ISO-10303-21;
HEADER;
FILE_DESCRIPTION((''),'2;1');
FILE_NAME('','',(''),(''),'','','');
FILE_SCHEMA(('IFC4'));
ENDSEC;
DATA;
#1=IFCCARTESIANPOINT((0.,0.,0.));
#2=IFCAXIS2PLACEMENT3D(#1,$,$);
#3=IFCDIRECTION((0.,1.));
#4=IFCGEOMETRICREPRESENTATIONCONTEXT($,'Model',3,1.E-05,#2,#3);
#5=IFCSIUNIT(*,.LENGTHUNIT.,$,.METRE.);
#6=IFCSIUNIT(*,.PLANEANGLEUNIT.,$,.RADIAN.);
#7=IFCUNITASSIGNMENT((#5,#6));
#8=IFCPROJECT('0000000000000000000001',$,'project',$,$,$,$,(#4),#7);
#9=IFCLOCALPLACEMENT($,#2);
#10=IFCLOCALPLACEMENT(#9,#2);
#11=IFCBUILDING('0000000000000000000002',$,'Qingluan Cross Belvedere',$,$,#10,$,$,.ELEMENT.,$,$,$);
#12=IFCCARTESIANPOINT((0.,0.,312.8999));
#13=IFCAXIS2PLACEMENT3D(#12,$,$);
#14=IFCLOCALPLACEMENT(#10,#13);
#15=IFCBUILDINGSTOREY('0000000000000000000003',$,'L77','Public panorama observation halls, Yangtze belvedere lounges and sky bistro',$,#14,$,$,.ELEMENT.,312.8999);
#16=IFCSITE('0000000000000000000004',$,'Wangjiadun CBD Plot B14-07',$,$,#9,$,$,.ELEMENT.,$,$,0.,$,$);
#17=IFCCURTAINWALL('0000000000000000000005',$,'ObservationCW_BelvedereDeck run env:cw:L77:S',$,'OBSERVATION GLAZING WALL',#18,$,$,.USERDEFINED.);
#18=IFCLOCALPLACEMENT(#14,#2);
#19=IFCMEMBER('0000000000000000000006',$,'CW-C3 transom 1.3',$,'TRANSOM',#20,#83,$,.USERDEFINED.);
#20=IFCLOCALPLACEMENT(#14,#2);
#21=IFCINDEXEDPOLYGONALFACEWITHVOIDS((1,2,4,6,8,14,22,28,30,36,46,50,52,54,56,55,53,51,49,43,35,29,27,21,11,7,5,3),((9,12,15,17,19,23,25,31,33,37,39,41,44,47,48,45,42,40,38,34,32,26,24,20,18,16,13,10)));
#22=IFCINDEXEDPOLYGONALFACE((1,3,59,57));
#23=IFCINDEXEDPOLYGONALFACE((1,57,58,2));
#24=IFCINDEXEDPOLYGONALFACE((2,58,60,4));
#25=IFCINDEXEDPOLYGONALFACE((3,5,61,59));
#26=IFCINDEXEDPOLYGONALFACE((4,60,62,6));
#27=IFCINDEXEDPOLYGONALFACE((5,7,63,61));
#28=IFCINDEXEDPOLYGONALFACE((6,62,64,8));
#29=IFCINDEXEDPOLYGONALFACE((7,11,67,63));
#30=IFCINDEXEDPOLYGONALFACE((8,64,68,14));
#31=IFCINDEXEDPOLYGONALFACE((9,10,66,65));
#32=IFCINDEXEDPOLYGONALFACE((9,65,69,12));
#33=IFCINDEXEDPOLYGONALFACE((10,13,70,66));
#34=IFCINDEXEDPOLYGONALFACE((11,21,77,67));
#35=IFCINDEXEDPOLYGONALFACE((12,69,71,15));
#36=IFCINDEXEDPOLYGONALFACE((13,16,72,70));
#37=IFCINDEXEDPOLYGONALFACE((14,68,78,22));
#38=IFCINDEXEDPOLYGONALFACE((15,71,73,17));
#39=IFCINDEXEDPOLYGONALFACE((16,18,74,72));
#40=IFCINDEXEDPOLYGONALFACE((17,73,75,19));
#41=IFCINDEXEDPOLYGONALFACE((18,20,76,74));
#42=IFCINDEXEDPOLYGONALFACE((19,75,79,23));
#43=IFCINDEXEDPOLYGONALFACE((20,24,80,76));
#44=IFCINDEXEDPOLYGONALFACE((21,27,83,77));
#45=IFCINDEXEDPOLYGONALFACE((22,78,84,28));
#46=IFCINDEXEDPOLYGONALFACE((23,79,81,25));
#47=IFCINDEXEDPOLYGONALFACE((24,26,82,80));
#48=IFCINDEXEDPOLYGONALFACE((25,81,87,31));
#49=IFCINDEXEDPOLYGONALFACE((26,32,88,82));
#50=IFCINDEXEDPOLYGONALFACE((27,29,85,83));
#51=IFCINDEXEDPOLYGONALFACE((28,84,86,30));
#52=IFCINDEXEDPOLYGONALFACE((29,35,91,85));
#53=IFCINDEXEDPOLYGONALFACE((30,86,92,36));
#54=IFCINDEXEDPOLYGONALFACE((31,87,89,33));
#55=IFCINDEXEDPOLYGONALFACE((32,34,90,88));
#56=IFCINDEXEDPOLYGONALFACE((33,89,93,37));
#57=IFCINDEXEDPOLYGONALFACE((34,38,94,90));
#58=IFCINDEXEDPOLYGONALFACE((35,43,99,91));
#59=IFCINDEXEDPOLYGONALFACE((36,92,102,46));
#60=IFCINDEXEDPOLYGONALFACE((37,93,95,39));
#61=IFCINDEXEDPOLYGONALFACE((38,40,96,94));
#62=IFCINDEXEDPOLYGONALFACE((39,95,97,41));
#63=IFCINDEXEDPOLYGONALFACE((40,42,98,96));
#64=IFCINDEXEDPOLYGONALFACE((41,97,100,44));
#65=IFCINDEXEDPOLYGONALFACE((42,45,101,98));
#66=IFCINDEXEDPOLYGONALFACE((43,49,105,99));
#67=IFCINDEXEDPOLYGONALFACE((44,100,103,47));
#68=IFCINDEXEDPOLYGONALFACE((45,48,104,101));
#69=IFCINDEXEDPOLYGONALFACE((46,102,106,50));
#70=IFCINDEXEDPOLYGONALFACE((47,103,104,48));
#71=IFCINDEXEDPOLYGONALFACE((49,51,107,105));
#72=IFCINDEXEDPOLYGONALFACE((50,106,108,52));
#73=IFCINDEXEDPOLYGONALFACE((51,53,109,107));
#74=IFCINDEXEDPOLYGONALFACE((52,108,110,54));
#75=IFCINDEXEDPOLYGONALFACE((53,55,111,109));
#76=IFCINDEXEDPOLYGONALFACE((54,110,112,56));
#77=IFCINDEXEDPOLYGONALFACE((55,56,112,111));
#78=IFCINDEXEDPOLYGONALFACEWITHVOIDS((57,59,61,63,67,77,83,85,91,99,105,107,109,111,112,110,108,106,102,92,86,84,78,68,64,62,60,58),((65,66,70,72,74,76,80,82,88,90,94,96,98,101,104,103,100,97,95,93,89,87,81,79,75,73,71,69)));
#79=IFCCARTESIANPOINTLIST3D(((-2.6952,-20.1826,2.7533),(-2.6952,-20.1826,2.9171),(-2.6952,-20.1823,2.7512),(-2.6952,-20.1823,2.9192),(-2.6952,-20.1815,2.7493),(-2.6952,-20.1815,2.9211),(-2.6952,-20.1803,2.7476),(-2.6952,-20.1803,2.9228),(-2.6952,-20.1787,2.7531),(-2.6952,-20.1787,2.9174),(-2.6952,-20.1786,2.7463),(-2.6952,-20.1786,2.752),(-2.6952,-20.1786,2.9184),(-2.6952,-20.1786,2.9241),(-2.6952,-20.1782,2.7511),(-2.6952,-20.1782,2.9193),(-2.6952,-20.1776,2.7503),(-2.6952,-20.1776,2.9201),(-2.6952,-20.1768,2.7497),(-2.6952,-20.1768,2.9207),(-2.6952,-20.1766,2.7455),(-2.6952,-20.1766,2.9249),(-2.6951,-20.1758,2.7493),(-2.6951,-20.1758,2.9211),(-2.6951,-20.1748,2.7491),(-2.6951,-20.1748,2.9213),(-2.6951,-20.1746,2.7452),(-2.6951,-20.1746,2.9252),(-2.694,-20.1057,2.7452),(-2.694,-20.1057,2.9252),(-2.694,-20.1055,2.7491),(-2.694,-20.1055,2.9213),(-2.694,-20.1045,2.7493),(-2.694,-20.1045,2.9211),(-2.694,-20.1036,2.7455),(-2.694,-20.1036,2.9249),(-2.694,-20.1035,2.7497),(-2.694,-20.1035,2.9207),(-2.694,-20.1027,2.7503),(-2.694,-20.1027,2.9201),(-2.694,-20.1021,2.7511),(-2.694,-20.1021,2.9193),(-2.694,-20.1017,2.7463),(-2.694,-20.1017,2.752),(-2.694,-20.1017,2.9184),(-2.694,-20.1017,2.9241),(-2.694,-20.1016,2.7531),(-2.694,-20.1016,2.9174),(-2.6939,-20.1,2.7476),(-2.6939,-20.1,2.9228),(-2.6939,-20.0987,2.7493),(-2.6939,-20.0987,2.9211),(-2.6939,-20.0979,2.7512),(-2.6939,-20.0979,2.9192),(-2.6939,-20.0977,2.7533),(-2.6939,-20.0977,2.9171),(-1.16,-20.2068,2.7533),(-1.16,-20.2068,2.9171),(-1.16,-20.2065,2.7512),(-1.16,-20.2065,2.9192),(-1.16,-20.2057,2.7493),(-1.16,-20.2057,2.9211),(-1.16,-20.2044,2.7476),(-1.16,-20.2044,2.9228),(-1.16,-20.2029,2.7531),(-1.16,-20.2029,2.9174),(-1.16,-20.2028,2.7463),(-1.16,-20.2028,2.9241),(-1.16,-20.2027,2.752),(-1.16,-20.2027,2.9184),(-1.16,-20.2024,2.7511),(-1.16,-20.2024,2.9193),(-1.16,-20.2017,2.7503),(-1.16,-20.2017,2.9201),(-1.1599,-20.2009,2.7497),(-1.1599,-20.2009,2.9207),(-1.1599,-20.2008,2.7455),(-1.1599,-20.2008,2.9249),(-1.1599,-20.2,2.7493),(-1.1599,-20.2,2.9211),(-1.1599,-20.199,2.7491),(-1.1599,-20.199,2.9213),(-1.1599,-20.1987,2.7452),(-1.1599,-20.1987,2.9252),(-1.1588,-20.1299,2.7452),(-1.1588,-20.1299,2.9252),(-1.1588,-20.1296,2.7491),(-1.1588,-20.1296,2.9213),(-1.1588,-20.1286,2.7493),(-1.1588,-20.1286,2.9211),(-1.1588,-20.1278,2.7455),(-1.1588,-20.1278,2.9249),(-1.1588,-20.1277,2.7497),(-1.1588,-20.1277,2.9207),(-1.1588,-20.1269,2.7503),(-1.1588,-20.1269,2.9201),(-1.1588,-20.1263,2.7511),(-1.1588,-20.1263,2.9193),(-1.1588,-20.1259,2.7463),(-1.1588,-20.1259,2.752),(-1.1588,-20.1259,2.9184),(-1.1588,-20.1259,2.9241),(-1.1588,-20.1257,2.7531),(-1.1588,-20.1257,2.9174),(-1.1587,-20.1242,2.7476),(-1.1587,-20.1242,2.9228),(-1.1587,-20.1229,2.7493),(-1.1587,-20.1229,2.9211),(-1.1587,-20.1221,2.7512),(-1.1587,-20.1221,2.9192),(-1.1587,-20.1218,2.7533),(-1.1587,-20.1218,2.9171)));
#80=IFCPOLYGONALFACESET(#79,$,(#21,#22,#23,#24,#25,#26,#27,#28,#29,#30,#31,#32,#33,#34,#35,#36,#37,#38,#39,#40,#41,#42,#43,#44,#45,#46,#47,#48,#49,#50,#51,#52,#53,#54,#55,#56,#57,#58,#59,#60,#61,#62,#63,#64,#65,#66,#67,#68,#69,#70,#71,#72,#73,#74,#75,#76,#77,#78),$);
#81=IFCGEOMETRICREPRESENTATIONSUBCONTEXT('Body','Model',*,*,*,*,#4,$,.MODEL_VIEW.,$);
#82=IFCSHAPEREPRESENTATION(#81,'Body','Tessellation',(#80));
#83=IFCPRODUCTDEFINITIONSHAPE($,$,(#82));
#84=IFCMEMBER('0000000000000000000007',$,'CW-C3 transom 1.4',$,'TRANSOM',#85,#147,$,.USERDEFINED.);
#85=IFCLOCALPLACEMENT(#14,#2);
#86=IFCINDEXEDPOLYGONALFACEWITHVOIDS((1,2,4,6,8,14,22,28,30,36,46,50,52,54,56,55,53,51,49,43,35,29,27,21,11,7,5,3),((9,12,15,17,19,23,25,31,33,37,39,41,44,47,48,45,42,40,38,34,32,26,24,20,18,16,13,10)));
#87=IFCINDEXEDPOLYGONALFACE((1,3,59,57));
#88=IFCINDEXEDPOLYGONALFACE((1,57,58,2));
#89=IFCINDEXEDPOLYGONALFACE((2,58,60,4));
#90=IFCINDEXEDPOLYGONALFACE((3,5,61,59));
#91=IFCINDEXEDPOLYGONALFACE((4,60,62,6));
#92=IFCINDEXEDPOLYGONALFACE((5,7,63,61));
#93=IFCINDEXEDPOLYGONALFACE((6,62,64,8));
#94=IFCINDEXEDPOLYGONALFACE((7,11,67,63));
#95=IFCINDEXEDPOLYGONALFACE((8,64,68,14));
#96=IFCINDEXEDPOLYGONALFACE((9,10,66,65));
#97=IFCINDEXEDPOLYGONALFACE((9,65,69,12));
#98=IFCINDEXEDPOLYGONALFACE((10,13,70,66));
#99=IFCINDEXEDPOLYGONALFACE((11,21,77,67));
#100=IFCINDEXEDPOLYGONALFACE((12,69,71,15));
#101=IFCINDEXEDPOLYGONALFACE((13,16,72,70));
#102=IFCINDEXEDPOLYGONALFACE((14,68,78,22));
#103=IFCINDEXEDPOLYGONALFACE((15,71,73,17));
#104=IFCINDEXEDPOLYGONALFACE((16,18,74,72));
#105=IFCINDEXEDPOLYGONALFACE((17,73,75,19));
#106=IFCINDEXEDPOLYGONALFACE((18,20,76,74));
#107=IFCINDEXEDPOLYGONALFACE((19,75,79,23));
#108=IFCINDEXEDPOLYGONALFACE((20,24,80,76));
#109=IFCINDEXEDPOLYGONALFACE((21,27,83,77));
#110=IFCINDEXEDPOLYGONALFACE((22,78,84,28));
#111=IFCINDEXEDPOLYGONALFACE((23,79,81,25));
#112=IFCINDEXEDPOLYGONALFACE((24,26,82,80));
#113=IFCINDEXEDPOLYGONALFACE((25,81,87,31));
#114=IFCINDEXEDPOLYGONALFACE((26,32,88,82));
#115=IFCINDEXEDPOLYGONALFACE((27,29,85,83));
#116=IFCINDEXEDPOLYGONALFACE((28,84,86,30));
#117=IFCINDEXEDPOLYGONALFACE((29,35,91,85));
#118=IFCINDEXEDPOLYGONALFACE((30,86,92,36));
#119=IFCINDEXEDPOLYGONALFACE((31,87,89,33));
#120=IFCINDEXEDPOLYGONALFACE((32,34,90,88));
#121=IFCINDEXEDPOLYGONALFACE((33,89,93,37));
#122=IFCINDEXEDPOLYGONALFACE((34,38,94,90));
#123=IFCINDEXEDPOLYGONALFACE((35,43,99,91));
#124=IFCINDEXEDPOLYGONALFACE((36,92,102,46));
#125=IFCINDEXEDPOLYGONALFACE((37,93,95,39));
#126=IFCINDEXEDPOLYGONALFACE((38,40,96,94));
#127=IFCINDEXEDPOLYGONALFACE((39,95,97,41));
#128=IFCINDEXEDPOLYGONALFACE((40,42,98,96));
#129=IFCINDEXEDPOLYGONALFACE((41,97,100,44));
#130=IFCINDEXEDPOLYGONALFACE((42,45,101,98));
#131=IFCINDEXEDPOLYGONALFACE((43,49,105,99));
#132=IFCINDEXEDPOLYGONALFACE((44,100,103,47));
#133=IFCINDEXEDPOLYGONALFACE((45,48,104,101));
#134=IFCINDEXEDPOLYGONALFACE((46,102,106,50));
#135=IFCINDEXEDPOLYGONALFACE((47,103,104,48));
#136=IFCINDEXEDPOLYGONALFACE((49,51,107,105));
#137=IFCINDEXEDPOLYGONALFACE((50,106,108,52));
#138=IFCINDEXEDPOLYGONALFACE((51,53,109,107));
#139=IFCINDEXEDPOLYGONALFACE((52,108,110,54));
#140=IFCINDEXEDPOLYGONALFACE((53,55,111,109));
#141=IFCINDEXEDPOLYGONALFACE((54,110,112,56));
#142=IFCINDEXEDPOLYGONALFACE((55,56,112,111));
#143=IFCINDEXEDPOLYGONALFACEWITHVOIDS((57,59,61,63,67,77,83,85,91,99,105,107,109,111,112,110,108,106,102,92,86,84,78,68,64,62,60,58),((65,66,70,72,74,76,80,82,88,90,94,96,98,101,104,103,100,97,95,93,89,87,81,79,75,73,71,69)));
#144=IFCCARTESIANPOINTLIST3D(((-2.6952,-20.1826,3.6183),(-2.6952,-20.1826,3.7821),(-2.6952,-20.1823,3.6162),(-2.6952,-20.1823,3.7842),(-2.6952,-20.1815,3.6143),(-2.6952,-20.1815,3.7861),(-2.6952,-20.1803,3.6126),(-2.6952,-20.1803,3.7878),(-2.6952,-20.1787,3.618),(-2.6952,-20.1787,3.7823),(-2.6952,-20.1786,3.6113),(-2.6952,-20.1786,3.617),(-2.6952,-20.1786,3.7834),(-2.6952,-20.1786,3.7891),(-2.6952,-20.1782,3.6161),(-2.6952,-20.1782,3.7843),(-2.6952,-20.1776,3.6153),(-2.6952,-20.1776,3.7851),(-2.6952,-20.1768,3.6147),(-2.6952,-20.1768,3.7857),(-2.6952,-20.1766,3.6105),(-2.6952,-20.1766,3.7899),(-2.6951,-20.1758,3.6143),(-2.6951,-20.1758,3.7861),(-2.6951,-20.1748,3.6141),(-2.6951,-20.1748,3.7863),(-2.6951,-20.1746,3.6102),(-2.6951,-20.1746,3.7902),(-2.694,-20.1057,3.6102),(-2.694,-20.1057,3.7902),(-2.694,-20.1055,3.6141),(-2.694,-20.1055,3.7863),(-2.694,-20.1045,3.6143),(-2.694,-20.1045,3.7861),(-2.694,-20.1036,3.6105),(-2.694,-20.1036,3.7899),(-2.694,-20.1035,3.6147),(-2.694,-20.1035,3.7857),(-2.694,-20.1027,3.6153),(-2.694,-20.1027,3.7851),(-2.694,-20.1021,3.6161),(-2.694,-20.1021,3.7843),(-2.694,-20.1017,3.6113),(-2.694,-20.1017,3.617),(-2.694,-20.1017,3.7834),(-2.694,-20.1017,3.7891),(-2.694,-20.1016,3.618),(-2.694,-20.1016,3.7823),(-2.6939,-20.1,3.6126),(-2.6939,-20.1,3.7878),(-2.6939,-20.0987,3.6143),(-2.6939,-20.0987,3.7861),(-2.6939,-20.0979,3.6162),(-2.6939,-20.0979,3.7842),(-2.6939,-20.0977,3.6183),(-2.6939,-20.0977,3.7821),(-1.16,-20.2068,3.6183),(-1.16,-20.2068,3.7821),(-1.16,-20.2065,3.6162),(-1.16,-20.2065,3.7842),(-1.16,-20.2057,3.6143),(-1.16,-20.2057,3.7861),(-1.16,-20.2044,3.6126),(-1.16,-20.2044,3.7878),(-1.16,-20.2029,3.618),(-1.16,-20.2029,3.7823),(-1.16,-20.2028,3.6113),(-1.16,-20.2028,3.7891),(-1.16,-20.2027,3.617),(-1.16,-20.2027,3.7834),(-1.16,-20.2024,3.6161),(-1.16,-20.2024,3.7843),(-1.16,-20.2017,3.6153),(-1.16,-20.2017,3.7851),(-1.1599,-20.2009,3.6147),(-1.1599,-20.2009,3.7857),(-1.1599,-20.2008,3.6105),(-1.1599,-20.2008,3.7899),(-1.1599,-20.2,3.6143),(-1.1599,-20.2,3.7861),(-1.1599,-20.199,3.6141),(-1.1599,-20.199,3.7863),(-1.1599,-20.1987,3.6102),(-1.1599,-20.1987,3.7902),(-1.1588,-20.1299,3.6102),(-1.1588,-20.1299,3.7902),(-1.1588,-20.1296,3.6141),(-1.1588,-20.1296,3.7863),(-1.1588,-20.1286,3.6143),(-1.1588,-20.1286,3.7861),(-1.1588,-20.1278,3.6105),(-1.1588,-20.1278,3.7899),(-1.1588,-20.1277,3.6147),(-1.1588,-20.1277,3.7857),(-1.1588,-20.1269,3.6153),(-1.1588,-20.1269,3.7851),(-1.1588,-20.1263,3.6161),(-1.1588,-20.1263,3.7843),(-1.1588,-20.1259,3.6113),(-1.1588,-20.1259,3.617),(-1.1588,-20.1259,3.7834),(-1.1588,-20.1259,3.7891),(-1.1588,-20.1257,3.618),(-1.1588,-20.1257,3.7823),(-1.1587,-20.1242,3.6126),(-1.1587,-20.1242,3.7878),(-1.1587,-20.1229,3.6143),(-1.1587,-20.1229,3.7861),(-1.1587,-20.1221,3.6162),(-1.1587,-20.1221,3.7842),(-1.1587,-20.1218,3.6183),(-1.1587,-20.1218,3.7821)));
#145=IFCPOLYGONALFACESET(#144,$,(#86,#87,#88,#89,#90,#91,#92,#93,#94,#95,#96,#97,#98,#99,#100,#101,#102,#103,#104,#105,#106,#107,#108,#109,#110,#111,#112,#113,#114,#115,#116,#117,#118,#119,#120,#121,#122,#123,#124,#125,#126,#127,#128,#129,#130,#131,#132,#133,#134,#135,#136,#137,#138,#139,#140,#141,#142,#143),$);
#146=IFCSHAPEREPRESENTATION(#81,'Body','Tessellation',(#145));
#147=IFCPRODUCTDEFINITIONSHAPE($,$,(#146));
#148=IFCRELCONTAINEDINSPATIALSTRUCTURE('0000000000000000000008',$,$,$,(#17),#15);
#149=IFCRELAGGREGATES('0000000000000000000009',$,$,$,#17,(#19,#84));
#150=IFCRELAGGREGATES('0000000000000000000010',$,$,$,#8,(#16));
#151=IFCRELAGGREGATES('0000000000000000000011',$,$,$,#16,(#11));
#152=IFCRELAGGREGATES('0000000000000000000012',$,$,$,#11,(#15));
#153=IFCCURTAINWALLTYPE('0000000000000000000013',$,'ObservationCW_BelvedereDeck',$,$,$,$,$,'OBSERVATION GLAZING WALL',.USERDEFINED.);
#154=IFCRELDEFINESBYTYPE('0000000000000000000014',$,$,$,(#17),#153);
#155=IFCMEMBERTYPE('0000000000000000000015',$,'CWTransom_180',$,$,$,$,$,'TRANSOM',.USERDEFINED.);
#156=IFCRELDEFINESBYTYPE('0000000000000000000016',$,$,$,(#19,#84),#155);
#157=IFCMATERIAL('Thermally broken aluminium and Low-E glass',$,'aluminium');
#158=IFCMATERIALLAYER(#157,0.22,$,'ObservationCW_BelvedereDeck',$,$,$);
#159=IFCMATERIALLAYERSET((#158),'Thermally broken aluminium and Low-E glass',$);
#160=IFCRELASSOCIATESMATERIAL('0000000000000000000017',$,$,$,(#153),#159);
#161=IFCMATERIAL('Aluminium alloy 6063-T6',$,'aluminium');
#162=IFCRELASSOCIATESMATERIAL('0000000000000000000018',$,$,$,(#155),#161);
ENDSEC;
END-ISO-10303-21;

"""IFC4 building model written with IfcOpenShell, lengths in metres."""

from ifc_helpers import new_model, si_unit, direction, frame, origin, origin_2d, place, context, subcontext, project, spatial, hollow_rectangle, extrude, material, layer, layer_set, material_profile, profile_set, type_object, element, aggregate, save


model = new_model("IFC4")

# Units and contexts
model_context = context("Model", 3, precision=1e-05, world=origin(), true_north=direction((0.0, 1.0)))
body_context = subcontext(model_context, "Body", "Model", "MODEL_VIEW")
ifc_project = project(units=[si_unit("LENGTHUNIT", "METRE"), si_unit("PLANEANGLEUNIT", "RADIAN")], contexts=[model_context])

# Site, building, storey
site_placement = place(None, origin())
site = spatial("IfcSite", under=ifc_project, at=site_placement, Name="Wangjiadun CBD Plot B14-07", CompositionType="ELEMENT", RefElevation=0.0)
building_placement = place(site_placement, origin())
building = spatial("IfcBuilding", under=site, at=building_placement, Name="Qingluan Cross Belvedere", CompositionType="ELEMENT")
storey_placement = place(building_placement, frame((0.0, 0.0, 312.8999)))
storey = spatial("IfcBuildingStorey", under=building, at=storey_placement, Name="L77", Description="Public panorama observation halls, Yangtze belvedere lounges and sky bistro", CompositionType="ELEMENT", Elevation=312.8999)

# Curtain wall, members
ifc_material_1 = material(Name="Thermally broken aluminium and Low-E glass", Category="aluminium")
ifc_layer_1 = layer(ifc_material_1, 0.22, Name="ObservationCW_BelvedereDeck")
ifc_layer_set_1 = layer_set([ifc_layer_1], Name="Thermally broken aluminium and Low-E glass")
curtain_wall_type = type_object("IfcCurtainWallType", Name="ObservationCW_BelvedereDeck", ElementType="OBSERVATION GLAZING WALL", PredefinedType="USERDEFINED", material=ifc_layer_set_1)
curtain_wall_placement = place(storey_placement, origin())
curtain_wall = element("IfcCurtainWall", 1, at=curtain_wall_placement, inside=storey, type_object=curtain_wall_type, Name="ObservationCW_BelvedereDeck run env:cw:L77:S", ObjectType="OBSERVATION GLAZING WALL", PredefinedType="USERDEFINED")
ifc_material_2 = material(Name="Aluminium alloy 6063-T6", Category="aluminium")
ifc_material_profile_1 = material_profile(ifc_material_2, hollow_rectangle(XDim=0.085, YDim=0.1799, WallThickness=0.0039, InnerFilletRadius=0.0039, OuterFilletRadius=0.0081, at=origin_2d()), Name="CWT180x85x4")
ifc_profile_set_1 = profile_set([ifc_material_profile_1], Name="Aluminium alloy 6063-T6")
member_type_1 = type_object("IfcMemberType", Name="CWTransom_180", ElementType="TRANSOM", PredefinedType="USERDEFINED", material=ifc_profile_set_1)
member_1_placement = place(storey_placement, frame((-2.6946, -20.1401, 2.8352), z_axis=(0.999876, -0.015742, 0.0), x_axis=(0.015742, 0.999876, 0.0)))
member_1 = element("IfcMember", 2, at=member_1_placement, type_object=member_type_1, Name="CW-C3 transom 1.3", ObjectType="TRANSOM", PredefinedType="USERDEFINED", context=body_context, shape_type="SweptSolid", body=[
    extrude(hollow_rectangle(XDim=0.085, YDim=0.1799, WallThickness=0.0039, InnerFilletRadius=0.0039, OuterFilletRadius=0.0081, at=origin_2d()), origin(), (0.0, 0.0, 1.0), 1.5354),
])
member_2_placement = place(storey_placement, frame((-2.6946, -20.1401, 3.7002), z_axis=(0.999876, -0.015742, 0.0), x_axis=(0.015742, 0.999876, 0.0)))
member_2 = element("IfcMember", 3, at=member_2_placement, type_object=member_type_1, Name="CW-C3 transom 1.4", ObjectType="TRANSOM", PredefinedType="USERDEFINED", context=body_context, shape_type="SweptSolid", body=[
    extrude(hollow_rectangle(XDim=0.085, YDim=0.1799, WallThickness=0.0039, InnerFilletRadius=0.0039, OuterFilletRadius=0.0081, at=origin_2d()), origin(), (0.0, 0.0, 1.0), 1.5354),
])
aggregate(curtain_wall, [member_1, member_2])

save(model, "model.ifc")
